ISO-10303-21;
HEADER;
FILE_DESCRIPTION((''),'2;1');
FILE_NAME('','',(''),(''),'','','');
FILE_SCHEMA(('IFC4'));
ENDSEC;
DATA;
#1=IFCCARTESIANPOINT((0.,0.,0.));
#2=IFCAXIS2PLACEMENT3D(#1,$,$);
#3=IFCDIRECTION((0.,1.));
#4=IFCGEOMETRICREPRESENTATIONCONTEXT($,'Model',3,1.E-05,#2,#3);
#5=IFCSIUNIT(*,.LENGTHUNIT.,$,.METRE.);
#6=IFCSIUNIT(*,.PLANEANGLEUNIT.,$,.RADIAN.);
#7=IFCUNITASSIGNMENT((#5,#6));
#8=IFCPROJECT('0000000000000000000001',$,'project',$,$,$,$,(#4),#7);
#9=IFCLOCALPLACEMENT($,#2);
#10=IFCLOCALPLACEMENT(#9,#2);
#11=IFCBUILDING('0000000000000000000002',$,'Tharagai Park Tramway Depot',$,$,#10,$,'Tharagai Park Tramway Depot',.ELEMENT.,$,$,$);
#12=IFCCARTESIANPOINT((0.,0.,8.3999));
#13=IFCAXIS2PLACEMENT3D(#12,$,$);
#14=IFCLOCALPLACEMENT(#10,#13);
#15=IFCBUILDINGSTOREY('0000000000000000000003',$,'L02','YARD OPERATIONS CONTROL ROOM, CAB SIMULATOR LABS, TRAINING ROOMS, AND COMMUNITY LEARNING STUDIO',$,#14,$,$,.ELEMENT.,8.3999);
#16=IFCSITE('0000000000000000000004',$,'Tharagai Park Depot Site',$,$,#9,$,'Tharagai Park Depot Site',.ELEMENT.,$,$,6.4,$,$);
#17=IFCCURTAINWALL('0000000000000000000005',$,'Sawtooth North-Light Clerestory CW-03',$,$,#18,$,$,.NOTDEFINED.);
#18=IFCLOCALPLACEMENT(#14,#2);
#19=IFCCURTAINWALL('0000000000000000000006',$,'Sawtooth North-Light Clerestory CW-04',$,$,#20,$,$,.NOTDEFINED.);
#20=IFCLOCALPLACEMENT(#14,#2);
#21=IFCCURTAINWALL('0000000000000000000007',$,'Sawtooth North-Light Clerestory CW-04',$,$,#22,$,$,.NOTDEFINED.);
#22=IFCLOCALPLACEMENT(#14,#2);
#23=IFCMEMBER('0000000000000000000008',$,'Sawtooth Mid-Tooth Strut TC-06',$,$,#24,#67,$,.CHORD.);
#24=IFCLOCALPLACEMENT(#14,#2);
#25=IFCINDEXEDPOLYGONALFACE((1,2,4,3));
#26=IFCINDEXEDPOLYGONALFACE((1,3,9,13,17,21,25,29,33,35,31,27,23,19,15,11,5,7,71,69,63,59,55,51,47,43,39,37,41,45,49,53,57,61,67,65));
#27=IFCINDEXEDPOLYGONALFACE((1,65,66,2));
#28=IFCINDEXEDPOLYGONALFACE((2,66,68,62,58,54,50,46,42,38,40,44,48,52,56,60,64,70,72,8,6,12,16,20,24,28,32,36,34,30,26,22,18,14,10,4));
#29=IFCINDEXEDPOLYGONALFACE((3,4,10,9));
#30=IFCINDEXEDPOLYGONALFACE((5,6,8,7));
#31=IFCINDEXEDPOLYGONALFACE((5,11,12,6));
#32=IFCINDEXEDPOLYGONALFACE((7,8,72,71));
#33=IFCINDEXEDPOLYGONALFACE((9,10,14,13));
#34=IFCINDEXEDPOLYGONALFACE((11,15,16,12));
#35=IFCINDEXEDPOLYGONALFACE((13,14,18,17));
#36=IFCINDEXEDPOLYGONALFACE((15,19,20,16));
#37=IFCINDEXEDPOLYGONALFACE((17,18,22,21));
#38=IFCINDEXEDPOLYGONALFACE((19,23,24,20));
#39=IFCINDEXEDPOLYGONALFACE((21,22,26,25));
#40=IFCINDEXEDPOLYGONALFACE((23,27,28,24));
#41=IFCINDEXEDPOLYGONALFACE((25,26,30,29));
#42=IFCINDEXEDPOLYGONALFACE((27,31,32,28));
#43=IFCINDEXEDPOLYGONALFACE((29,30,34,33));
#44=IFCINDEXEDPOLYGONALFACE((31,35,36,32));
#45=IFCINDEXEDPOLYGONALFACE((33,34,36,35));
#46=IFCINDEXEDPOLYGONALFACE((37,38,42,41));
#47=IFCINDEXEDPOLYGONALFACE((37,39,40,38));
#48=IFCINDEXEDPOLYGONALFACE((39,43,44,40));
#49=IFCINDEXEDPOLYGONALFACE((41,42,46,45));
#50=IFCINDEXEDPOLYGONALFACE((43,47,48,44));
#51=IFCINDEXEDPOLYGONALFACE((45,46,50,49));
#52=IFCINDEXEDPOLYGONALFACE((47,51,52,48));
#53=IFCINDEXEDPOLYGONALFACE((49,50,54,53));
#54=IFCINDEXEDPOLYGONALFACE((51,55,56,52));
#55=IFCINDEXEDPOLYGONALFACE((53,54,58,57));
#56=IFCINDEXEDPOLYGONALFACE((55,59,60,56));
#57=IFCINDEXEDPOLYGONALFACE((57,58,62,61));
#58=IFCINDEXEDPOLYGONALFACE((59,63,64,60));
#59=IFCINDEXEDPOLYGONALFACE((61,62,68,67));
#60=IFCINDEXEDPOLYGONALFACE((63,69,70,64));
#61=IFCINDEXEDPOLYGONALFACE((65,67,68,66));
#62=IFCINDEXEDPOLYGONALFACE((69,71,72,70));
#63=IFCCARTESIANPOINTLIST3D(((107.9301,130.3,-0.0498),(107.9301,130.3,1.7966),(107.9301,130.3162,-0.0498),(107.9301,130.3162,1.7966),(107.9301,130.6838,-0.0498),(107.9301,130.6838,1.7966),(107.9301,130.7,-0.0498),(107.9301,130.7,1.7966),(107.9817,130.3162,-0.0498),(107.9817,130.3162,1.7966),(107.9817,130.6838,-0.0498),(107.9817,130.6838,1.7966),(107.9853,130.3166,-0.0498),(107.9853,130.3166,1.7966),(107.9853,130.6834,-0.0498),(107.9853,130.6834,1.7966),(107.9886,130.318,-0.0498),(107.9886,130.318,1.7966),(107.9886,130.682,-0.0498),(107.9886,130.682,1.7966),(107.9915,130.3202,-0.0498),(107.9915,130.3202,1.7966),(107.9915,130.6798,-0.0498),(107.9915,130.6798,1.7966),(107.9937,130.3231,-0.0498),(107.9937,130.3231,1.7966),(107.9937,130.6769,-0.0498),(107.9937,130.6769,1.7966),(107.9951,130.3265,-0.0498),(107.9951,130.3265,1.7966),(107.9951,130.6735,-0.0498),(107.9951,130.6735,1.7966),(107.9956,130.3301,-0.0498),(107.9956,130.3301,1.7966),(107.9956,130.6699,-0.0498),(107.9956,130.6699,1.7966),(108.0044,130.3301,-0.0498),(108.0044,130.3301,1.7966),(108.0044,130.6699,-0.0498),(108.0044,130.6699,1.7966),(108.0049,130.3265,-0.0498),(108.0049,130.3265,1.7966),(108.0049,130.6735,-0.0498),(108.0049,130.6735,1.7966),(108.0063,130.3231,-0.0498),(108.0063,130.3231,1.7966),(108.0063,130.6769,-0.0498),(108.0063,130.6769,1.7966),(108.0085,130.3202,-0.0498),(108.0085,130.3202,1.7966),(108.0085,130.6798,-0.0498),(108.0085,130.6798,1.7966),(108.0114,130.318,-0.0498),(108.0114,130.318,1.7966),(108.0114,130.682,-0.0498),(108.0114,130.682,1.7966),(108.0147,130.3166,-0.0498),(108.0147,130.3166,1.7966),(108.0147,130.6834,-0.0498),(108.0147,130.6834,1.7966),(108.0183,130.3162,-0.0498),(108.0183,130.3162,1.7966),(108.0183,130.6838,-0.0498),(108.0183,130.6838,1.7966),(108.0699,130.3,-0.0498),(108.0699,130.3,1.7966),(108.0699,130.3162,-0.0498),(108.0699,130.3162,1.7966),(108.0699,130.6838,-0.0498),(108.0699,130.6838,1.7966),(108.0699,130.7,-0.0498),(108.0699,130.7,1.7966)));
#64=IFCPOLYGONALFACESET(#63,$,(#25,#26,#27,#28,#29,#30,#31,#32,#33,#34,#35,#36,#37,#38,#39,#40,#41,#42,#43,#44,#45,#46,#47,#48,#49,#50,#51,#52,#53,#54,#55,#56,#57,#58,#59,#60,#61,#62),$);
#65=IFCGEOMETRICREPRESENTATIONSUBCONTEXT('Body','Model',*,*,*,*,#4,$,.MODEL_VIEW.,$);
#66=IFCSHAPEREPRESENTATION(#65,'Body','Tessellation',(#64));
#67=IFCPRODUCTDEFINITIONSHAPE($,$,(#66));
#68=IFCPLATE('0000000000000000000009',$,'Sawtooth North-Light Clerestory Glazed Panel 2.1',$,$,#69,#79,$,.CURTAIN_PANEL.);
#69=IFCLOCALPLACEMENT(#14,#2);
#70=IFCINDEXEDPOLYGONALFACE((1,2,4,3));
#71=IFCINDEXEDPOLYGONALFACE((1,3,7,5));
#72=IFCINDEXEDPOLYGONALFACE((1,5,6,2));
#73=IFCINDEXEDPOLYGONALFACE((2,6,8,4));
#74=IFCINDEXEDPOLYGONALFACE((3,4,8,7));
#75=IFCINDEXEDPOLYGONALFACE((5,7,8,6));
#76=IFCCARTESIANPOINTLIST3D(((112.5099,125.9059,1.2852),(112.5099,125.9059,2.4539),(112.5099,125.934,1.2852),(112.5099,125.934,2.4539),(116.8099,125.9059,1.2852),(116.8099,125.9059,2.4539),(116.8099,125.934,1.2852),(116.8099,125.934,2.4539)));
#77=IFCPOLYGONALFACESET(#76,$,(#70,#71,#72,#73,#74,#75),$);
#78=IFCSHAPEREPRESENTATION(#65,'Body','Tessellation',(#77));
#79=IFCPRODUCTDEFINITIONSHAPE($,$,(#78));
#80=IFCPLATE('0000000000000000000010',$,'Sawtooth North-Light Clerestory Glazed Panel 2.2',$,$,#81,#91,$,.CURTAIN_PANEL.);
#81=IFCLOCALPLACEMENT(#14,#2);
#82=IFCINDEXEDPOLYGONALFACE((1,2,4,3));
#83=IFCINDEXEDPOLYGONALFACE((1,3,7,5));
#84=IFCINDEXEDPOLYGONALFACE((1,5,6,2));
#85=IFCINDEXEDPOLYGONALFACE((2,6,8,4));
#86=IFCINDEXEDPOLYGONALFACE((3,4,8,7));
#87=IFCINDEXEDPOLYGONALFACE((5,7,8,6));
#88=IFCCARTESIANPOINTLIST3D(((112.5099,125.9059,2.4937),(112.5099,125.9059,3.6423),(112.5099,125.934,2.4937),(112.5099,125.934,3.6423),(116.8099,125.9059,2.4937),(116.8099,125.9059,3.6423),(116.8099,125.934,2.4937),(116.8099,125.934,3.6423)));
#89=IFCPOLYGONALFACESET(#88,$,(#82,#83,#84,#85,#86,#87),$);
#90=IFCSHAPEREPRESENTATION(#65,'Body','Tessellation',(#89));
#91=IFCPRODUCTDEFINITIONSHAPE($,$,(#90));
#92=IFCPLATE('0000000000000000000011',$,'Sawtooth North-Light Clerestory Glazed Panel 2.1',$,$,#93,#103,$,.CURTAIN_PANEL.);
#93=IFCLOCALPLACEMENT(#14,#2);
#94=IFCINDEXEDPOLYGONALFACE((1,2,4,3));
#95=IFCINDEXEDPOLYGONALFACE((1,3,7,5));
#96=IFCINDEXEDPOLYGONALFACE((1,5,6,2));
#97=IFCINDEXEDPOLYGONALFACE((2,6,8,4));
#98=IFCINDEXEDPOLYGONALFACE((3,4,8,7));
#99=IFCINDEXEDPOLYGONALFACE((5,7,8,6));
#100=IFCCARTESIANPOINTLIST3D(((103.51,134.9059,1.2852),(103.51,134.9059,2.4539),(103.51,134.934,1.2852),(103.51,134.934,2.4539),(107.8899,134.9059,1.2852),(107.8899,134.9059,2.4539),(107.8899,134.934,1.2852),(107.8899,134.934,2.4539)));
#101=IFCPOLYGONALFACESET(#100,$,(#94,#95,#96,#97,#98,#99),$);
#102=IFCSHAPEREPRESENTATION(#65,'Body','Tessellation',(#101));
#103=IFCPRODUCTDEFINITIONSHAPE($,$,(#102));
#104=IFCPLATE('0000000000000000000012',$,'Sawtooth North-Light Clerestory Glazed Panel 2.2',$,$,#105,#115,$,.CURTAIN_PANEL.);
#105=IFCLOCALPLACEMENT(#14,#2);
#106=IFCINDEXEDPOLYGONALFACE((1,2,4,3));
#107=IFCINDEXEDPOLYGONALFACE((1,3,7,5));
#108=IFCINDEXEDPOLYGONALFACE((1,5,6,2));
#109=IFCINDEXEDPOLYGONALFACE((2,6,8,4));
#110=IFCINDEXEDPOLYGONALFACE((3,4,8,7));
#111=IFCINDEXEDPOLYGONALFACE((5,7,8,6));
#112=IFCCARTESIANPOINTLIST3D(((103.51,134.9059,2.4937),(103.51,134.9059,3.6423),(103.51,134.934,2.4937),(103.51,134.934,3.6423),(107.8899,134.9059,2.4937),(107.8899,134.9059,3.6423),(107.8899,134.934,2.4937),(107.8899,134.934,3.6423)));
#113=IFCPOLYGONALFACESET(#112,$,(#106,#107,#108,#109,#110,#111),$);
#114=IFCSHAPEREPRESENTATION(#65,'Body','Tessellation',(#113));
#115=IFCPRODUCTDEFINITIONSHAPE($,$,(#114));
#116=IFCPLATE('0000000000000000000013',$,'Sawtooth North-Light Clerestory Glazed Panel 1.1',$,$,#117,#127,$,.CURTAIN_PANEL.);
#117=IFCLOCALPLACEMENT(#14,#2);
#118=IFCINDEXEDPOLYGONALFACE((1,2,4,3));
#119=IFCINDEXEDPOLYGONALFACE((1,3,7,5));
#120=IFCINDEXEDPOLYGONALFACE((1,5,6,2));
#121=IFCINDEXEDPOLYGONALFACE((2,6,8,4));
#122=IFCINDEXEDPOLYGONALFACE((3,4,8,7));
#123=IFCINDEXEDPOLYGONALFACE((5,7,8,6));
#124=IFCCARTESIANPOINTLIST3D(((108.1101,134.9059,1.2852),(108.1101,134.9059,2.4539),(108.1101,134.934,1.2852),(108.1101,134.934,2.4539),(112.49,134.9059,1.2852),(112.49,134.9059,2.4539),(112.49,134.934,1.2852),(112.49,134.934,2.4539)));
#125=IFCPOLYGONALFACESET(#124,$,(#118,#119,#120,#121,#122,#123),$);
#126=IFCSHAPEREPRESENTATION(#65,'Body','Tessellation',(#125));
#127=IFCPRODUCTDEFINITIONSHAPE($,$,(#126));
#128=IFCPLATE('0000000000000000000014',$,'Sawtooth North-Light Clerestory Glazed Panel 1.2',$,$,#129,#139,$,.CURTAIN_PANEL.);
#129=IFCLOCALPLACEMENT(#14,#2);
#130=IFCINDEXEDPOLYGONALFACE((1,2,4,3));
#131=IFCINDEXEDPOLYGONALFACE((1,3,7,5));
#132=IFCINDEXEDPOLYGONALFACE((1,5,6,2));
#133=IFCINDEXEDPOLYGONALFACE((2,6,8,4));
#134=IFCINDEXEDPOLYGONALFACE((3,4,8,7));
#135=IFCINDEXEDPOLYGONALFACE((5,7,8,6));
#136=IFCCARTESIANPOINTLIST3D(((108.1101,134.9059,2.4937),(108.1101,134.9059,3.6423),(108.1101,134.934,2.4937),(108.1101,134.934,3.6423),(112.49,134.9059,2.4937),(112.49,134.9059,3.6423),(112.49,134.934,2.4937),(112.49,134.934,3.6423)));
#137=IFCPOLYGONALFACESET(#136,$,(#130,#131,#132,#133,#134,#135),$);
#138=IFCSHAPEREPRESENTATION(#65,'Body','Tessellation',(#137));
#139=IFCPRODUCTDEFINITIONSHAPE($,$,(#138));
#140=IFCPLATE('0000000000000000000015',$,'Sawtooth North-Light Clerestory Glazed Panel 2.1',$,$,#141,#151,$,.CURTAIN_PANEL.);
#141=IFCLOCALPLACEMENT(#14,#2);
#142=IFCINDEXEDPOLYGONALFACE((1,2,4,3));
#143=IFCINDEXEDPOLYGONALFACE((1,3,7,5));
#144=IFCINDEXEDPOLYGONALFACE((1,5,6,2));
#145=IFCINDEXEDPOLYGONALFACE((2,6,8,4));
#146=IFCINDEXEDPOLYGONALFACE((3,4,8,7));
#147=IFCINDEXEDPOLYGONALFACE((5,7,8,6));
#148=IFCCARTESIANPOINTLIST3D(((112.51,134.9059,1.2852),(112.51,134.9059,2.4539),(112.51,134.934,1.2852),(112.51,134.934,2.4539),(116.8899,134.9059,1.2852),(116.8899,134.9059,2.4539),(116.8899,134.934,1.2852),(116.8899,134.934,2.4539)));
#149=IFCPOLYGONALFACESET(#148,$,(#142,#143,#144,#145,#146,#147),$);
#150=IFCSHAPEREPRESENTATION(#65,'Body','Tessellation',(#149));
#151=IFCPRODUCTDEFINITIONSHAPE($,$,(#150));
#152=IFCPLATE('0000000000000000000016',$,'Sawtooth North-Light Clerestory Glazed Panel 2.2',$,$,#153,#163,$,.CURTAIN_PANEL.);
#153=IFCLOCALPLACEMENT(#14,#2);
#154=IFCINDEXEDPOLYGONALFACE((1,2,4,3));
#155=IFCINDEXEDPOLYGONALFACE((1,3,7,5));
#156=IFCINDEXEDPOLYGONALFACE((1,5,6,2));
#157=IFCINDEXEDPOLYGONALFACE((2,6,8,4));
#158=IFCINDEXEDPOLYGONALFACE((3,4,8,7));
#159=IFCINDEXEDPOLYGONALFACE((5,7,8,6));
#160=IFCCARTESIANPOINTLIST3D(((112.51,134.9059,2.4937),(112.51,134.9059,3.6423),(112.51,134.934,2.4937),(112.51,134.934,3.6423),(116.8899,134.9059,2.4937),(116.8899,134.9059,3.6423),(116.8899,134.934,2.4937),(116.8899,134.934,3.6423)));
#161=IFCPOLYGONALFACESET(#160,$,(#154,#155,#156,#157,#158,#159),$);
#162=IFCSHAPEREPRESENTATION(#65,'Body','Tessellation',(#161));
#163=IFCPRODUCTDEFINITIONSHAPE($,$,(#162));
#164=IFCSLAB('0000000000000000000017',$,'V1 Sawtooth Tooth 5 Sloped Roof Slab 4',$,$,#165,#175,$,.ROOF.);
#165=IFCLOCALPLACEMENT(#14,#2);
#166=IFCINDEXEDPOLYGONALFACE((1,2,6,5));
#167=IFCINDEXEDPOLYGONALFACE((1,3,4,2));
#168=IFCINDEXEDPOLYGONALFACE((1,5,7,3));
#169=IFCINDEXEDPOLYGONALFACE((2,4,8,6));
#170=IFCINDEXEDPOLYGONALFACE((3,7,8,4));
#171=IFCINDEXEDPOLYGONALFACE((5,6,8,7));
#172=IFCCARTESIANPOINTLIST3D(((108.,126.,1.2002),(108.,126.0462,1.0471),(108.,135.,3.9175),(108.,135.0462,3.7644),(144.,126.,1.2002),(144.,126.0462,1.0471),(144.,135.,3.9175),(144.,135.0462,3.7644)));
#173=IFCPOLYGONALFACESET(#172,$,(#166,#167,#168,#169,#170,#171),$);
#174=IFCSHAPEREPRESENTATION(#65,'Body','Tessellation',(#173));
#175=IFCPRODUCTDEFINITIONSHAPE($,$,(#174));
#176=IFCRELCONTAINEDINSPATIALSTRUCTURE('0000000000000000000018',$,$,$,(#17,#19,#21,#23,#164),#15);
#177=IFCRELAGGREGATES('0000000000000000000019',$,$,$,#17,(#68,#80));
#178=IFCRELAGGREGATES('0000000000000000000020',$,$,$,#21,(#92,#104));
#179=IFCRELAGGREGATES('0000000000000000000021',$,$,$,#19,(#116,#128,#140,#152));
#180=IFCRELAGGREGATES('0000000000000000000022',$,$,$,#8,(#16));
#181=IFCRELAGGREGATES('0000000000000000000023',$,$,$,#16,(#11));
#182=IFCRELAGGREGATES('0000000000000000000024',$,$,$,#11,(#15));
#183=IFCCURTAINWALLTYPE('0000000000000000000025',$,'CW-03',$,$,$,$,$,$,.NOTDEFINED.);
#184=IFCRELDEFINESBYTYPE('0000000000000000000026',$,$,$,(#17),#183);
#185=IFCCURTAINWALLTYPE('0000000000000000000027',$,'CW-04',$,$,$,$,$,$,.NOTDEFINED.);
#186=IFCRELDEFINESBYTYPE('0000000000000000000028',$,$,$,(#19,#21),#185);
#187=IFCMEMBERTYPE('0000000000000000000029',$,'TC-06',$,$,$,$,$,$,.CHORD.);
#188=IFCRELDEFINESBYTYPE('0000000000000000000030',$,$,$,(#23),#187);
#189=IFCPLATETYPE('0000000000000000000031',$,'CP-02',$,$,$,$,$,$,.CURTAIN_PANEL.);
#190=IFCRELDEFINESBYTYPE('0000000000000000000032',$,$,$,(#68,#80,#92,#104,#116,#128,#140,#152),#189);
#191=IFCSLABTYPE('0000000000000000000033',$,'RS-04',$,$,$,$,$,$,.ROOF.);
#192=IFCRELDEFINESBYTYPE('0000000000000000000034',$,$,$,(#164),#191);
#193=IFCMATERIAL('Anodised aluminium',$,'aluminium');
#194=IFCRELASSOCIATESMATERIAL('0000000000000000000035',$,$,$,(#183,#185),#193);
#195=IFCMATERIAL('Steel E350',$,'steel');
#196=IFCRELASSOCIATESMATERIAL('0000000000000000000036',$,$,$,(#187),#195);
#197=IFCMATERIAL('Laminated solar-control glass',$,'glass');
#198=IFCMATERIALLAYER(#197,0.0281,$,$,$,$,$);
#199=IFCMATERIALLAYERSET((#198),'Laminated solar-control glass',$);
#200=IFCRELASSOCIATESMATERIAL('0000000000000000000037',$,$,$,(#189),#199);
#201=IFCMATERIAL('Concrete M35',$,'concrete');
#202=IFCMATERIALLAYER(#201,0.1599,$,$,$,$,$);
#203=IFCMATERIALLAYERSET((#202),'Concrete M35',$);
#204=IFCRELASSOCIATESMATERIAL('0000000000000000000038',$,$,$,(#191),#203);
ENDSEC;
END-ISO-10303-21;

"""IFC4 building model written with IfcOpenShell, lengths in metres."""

from ifc_helpers import new_model, si_unit, direction, frame, origin, origin_2d, place, context, subcontext, project, spatial, polyline, rectangle, i_section, outline, extrude, material, layer, layer_set, material_profile, profile_set, type_object, element, aggregate, save


model = new_model("IFC4")

# Units and contexts
model_context = context("Model", 3, precision=1e-05, world=origin(), true_north=direction((0.0, 1.0)))
body_context = subcontext(model_context, "Body", "Model", "MODEL_VIEW")
ifc_project = project(units=[si_unit("LENGTHUNIT", "METRE"), si_unit("PLANEANGLEUNIT", "RADIAN")], contexts=[model_context])

# Site, building, storey
site_placement = place(None, origin())
site = spatial("IfcSite", under=ifc_project, at=site_placement, Name="Tharagai Park Depot Site", LongName="Tharagai Park Depot Site", CompositionType="ELEMENT", RefElevation=6.4)
building_placement = place(site_placement, origin())
building = spatial("IfcBuilding", under=site, at=building_placement, Name="Tharagai Park Tramway Depot", LongName="Tharagai Park Tramway Depot", CompositionType="ELEMENT")
storey_placement = place(building_placement, frame((0.0, 0.0, 8.3999)))
storey = spatial("IfcBuildingStorey", under=building, at=storey_placement, Name="L02", Description="YARD OPERATIONS CONTROL ROOM, CAB SIMULATOR LABS, TRAINING ROOMS, AND COMMUNITY LEARNING STUDIO", CompositionType="ELEMENT", Elevation=8.3999)

# Shared definitions
ifc_material_1 = material(Name="Steel E350", Category="steel")

# Curtain wall
ifc_material_2 = material(Name="Anodised aluminium", Category="aluminium")
curtain_wall_type_1 = type_object("IfcCurtainWallType", Name="CW-03", PredefinedType="NOTDEFINED", material=ifc_material_2)
curtain_wall_1_placement = place(storey_placement, origin())
curtain_wall_1 = element("IfcCurtainWall", 1, at=curtain_wall_1_placement, inside=storey, type_object=curtain_wall_type_1, Name="Sawtooth North-Light Clerestory CW-03", PredefinedType="NOTDEFINED")

# Curtain wall
curtain_wall_type_2 = type_object("IfcCurtainWallType", Name="CW-04", PredefinedType="NOTDEFINED", material=ifc_material_2)
curtain_wall_2_placement = place(storey_placement, origin())
curtain_wall_2 = element("IfcCurtainWall", 2, at=curtain_wall_2_placement, inside=storey, type_object=curtain_wall_type_2, Name="Sawtooth North-Light Clerestory CW-04", PredefinedType="NOTDEFINED")

# Curtain wall
curtain_wall_3_placement = place(storey_placement, origin())
curtain_wall_3 = element("IfcCurtainWall", 3, at=curtain_wall_3_placement, inside=storey, type_object=curtain_wall_type_2, Name="Sawtooth North-Light Clerestory CW-04", PredefinedType="NOTDEFINED")

# Member
ifc_material_profile_1 = material_profile(ifc_material_1, i_section(OverallWidth=0.1399, OverallDepth=0.3999, WebThickness=0.0088, FlangeThickness=0.0161, FilletRadius=0.0139, at=origin_2d()), Name="ISMB 400")
ifc_profile_set_1 = profile_set([ifc_material_profile_1], Name="Steel E350")
member_type_1 = type_object("IfcMemberType", Name="TC-06", PredefinedType="CHORD", material=ifc_profile_set_1)
member_1_placement = place(storey_placement, frame((108.0, 130.5, -0.0498), z_axis=(0.0, 0.0, 1.0), x_axis=(1.0, 0.0, 0.0)))
element("IfcMember", 4, at=member_1_placement, inside=storey, type_object=member_type_1, Name="Sawtooth Mid-Tooth Strut TC-06", PredefinedType="CHORD", context=body_context, shape_type="SweptSolid", body=[
    extrude(i_section(OverallWidth=0.1399, OverallDepth=0.3999, WebThickness=0.0088, FlangeThickness=0.0161, FilletRadius=0.0139, at=origin_2d()), origin(), (0.0, 0.0, 1.0), 1.8464),
])

# Plates
ifc_material_3 = material(Name="Laminated solar-control glass", Category="glass")
ifc_layer_1 = layer(ifc_material_3, 0.0281)
ifc_layer_set_1 = layer_set([ifc_layer_1], Name="Laminated solar-control glass")
plate_type = type_object("IfcPlateType", Name="CP-02", PredefinedType="CURTAIN_PANEL", material=ifc_layer_set_1)
plate_1_placement = place(storey_placement, frame((114.6599, 125.9199, 1.2852), z_axis=(0.0, 0.0, 1.0), x_axis=(1.0, 0.0, 0.0)))
plate_1 = element("IfcPlate", 5, at=plate_1_placement, type_object=plate_type, Name="Sawtooth North-Light Clerestory Glazed Panel 2.1", PredefinedType="CURTAIN_PANEL", context=body_context, shape_type="SweptSolid", body=[
    extrude(rectangle(XDim=4.3, YDim=0.0281, at=origin_2d()), origin(), (0.0, 0.0, 1.0), 1.1687),
])
plate_2_placement = place(storey_placement, frame((114.6599, 125.9199, 2.4937), z_axis=(0.0, 0.0, 1.0), x_axis=(1.0, 0.0, 0.0)))
plate_2 = element("IfcPlate", 6, at=plate_2_placement, type_object=plate_type, Name="Sawtooth North-Light Clerestory Glazed Panel 2.2", PredefinedType="CURTAIN_PANEL", context=body_context, shape_type="SweptSolid", body=[
    extrude(rectangle(XDim=4.3, YDim=0.0281, at=origin_2d()), origin(), (0.0, 0.0, 1.0), 1.1487),
])
aggregate(curtain_wall_1, [plate_1, plate_2])
plate_3_placement = place(storey_placement, frame((105.7, 134.9199, 1.2852), z_axis=(0.0, 0.0, 1.0), x_axis=(1.0, 0.0, 0.0)))
plate_3 = element("IfcPlate", 7, at=plate_3_placement, type_object=plate_type, Name="Sawtooth North-Light Clerestory Glazed Panel 2.1", PredefinedType="CURTAIN_PANEL", context=body_context, shape_type="SweptSolid", body=[
    extrude(rectangle(XDim=4.3799, YDim=0.0281, at=origin_2d()), origin(), (0.0, 0.0, 1.0), 1.1687),
])
plate_4_placement = place(storey_placement, frame((105.7, 134.9199, 2.4937), z_axis=(0.0, 0.0, 1.0), x_axis=(1.0, 0.0, 0.0)))
plate_4 = element("IfcPlate", 8, at=plate_4_placement, type_object=plate_type, Name="Sawtooth North-Light Clerestory Glazed Panel 2.2", PredefinedType="CURTAIN_PANEL", context=body_context, shape_type="SweptSolid", body=[
    extrude(rectangle(XDim=4.3799, YDim=0.0281, at=origin_2d()), origin(), (0.0, 0.0, 1.0), 1.1487),
])
aggregate(curtain_wall_3, [plate_3, plate_4])
plate_5_placement = place(storey_placement, frame((110.3, 134.9199, 1.2852), z_axis=(0.0, 0.0, 1.0), x_axis=(1.0, 0.0, 0.0)))
plate_5 = element("IfcPlate", 9, at=plate_5_placement, type_object=plate_type, Name="Sawtooth North-Light Clerestory Glazed Panel 1.1", PredefinedType="CURTAIN_PANEL", context=body_context, shape_type="SweptSolid", body=[
    extrude(rectangle(XDim=4.3799, YDim=0.0281, at=origin_2d()), origin(), (0.0, 0.0, 1.0), 1.1687),
])
plate_6_placement = place(storey_placement, frame((110.3, 134.9199, 2.4937), z_axis=(0.0, 0.0, 1.0), x_axis=(1.0, 0.0, 0.0)))
plate_6 = element("IfcPlate", 10, at=plate_6_placement, type_object=plate_type, Name="Sawtooth North-Light Clerestory Glazed Panel 1.2", PredefinedType="CURTAIN_PANEL", context=body_context, shape_type="SweptSolid", body=[
    extrude(rectangle(XDim=4.3799, YDim=0.0281, at=origin_2d()), origin(), (0.0, 0.0, 1.0), 1.1487),
])
plate_7_placement = place(storey_placement, frame((114.7, 134.9199, 1.2852), z_axis=(0.0, 0.0, 1.0), x_axis=(1.0, 0.0, 0.0)))
plate_7 = element("IfcPlate", 11, at=plate_7_placement, type_object=plate_type, Name="Sawtooth North-Light Clerestory Glazed Panel 2.1", PredefinedType="CURTAIN_PANEL", context=body_context, shape_type="SweptSolid", body=[
    extrude(rectangle(XDim=4.3799, YDim=0.0281, at=origin_2d()), origin(), (0.0, 0.0, 1.0), 1.1687),
])
plate_8_placement = place(storey_placement, frame((114.7, 134.9199, 2.4937), z_axis=(0.0, 0.0, 1.0), x_axis=(1.0, 0.0, 0.0)))
plate_8 = element("IfcPlate", 12, at=plate_8_placement, type_object=plate_type, Name="Sawtooth North-Light Clerestory Glazed Panel 2.2", PredefinedType="CURTAIN_PANEL", context=body_context, shape_type="SweptSolid", body=[
    extrude(rectangle(XDim=4.3799, YDim=0.0281, at=origin_2d()), origin(), (0.0, 0.0, 1.0), 1.1487),
])
aggregate(curtain_wall_2, [plate_5, plate_6, plate_7, plate_8])

# Slab
ifc_material_4 = material(Name="Concrete M35", Category="concrete")
ifc_layer_2 = layer(ifc_material_4, 0.1599)
ifc_layer_set_2 = layer_set([ifc_layer_2], Name="Concrete M35")
slab_type = type_object("IfcSlabType", Name="RS-04", PredefinedType="ROOF", material=ifc_layer_set_2)
slab_placement = place(storey_placement, frame((108.0, 126.0, 1.2002), z_axis=(0.0, -0.289034, 0.957319), x_axis=(1.0, 0.0, 0.0)))
element("IfcSlab", 13, at=slab_placement, inside=storey, type_object=slab_type, Name="V1 Sawtooth Tooth 5 Sloped Roof Slab 4", PredefinedType="ROOF", context=body_context, shape_type="SweptSolid", body=[
    extrude(outline(polyline([(0.0, 0.0), (36.0, 0.0), (36.0, 9.4013), (0.0, 9.4013), (0.0, 0.0)])), origin(), (0.0, 0.0, -1.0), 0.1599),
])

save(model, "model.ifc")
